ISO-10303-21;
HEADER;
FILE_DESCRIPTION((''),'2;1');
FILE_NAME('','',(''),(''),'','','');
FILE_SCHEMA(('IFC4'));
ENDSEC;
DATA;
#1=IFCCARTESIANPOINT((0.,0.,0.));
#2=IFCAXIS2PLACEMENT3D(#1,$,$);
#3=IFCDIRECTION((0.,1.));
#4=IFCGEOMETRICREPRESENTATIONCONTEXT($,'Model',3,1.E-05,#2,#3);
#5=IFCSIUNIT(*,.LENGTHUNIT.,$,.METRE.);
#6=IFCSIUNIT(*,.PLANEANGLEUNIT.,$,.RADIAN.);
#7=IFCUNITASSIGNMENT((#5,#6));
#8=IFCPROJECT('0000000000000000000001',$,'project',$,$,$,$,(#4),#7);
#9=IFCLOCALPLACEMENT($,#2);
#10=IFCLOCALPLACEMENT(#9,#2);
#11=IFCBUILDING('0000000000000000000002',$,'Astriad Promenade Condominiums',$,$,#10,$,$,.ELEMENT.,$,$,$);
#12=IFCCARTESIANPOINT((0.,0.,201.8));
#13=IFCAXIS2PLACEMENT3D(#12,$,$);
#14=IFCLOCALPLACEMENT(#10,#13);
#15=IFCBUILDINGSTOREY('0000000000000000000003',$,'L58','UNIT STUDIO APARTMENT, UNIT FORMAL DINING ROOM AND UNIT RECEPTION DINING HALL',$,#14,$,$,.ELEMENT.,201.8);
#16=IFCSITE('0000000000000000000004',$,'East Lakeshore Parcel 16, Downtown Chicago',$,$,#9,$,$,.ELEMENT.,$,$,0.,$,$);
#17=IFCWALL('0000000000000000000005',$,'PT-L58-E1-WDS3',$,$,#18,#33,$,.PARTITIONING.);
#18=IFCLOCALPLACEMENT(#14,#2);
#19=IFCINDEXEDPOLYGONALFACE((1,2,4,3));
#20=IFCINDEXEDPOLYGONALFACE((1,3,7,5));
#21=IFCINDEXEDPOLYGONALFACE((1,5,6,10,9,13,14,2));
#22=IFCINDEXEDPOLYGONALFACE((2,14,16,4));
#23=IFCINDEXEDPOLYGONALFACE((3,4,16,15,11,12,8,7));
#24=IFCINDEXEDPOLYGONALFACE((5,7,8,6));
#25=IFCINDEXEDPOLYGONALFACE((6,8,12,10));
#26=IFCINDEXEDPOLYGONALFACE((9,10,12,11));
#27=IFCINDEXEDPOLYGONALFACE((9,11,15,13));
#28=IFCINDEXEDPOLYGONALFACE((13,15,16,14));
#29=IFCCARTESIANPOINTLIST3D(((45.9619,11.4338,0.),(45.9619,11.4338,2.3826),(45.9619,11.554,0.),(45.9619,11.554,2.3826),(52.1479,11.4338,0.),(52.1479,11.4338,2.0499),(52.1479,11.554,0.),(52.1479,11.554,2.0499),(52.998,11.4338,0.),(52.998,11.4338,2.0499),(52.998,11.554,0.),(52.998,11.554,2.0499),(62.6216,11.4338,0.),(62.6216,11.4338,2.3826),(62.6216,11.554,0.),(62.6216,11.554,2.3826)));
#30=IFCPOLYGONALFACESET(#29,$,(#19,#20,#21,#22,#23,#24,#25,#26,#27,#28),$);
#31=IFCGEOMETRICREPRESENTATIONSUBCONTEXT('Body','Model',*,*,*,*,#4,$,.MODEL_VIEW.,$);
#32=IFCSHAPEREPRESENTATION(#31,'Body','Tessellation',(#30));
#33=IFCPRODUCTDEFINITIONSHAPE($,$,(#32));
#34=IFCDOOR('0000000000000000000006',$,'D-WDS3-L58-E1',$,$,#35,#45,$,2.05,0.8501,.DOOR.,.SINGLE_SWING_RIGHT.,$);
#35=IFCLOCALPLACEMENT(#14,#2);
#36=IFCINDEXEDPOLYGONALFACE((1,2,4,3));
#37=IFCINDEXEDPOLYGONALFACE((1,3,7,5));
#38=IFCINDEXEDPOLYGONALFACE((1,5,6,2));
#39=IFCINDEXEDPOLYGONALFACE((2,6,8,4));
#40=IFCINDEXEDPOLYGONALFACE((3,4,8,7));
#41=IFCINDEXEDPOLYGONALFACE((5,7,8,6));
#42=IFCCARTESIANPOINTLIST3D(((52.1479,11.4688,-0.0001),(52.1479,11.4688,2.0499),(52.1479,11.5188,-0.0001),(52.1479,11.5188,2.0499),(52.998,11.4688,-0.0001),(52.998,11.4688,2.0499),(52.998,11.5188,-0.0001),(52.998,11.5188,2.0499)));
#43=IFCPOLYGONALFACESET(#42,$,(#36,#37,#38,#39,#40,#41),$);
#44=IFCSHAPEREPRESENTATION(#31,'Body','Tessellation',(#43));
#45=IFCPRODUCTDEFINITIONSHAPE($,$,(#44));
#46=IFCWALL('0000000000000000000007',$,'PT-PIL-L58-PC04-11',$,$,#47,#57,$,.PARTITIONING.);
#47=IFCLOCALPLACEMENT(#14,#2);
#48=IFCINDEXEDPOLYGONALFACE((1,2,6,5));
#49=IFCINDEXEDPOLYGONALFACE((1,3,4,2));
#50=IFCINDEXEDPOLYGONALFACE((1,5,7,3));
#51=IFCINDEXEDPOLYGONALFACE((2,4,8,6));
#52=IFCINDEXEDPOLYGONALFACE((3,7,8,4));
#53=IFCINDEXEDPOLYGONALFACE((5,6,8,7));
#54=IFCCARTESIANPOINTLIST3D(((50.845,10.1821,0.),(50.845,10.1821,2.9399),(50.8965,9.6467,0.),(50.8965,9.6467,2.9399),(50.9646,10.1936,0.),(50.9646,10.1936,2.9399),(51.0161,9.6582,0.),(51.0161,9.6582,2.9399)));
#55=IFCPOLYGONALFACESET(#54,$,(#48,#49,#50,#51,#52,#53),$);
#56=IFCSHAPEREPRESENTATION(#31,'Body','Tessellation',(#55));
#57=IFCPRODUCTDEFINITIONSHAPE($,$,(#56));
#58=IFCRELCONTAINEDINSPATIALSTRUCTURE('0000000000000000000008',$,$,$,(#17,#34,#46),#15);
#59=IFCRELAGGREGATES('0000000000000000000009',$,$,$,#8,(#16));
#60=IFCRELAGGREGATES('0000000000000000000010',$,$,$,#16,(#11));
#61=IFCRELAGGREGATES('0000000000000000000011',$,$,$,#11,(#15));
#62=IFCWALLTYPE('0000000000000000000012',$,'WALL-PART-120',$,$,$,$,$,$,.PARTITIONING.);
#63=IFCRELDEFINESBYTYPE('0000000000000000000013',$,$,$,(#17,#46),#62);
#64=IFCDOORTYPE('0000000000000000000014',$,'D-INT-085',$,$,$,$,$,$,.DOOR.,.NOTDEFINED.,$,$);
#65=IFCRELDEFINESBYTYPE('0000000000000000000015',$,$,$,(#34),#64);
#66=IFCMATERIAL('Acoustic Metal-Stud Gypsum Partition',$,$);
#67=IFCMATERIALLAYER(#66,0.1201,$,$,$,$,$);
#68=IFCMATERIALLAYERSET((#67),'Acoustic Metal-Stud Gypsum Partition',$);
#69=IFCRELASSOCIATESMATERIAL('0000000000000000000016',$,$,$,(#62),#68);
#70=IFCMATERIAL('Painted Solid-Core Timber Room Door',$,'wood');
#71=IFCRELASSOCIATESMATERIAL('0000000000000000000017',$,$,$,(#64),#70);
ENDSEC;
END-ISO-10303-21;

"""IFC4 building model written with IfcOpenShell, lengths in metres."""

from ifc_helpers import new_model, si_unit, direction, frame, frame_2d, origin, place, context, subcontext, project, spatial, rectangle, extrude, source, transform, mapped, material, layer, layer_set, type_object, type_shapes, element, fill, save


model = new_model("IFC4")

# Units and contexts
model_context = context("Model", 3, precision=1e-05, world=origin(), true_north=direction((0.0, 1.0)))
body_context = subcontext(model_context, "Body", "Model", "MODEL_VIEW")
ifc_project = project(units=[si_unit("LENGTHUNIT", "METRE"), si_unit("PLANEANGLEUNIT", "RADIAN")], contexts=[model_context])

# Site, building, storey
site_placement = place(None, origin())
site = spatial("IfcSite", under=ifc_project, at=site_placement, Name="East Lakeshore Parcel 16, Downtown Chicago", CompositionType="ELEMENT", RefElevation=0.0)
building_placement = place(site_placement, origin())
building = spatial("IfcBuilding", under=site, at=building_placement, Name="Astriad Promenade Condominiums", CompositionType="ELEMENT")
storey_placement = place(building_placement, frame((0.0, 0.0, 201.8)))
storey = spatial("IfcBuildingStorey", under=building, at=storey_placement, Name="L58", Description="UNIT STUDIO APARTMENT, UNIT FORMAL DINING ROOM AND UNIT RECEPTION DINING HALL", CompositionType="ELEMENT", Elevation=201.8)

# Shared definitions
ifc_material_1 = material(Name="Acoustic Metal-Stud Gypsum Partition")
ifc_layer = layer(ifc_material_1, 0.1201)
ifc_layer_set = layer_set([ifc_layer], Name="Acoustic Metal-Stud Gypsum Partition")
wall_type = type_object("IfcWallType", Name="WALL-PART-120", PredefinedType="PARTITIONING", material=ifc_layer_set)
ifc_material_2 = material(Name="Painted Solid-Core Timber Room Door", Category="wood")
door_type_1 = type_object("IfcDoorType", Name="D-INT-085", OperationType="NOTDEFINED", PredefinedType="DOOR", material=ifc_material_2)
shared_shape_1 = source(origin(), body_context, "Body", "SweptSolid", [
    extrude(rectangle(XDim=0.8501, YDim=2.05, at=frame_2d((0.425, 1.0249))), frame((0.0, 0.0249, 0.0), z_axis=(0.0, -1.0, 0.0), x_axis=(1.0, 0.0, 0.0)), (0.0, 0.0, 1.0), 0.05),
])
type_shapes(door_type_1, [shared_shape_1])

# Wall, opening, door
wall_1_placement = place(storey_placement, frame((45.9619, 11.4939, 0.0), z_axis=(0.0, 0.0, 1.0), x_axis=(1.0, 0.0, 0.0)))
wall_1 = element("IfcWall", 1, at=wall_1_placement, inside=storey, type_object=wall_type, Name="PT-L58-E1-WDS3", PredefinedType="PARTITIONING", context=body_context, shape_type="SweptSolid", body=[
    extrude(rectangle(XDim=16.6597, YDim=0.1201, at=frame_2d((8.3298, 0.0))), origin(), (0.0, 0.0, 1.0), 2.3826),
])
opening_1_placement = place(wall_1_placement, frame((6.186, 0.0, 0.0)))
opening_1 = element("IfcOpeningElement", 2, at=opening_1_placement, cuts=wall_1, PredefinedType="OPENING", context=body_context, shape_type="SweptSolid", body=[
    extrude(rectangle(XDim=0.8501, YDim=2.05, at=frame_2d((0.425, 1.0249))), frame((0.0, 0.0701, 0.0), z_axis=(0.0, -1.0, 0.0), x_axis=(1.0, 0.0, 0.0)), (0.0, 0.0, 1.0), 0.1401),
])
door_1_placement = place(opening_1_placement, origin())
door_1 = element("IfcDoor", 3, at=door_1_placement, inside=storey, type_object=door_type_1, Name="D-WDS3-L58-E1", OperationType="SINGLE_SWING_RIGHT", OverallHeight=2.05, OverallWidth=0.8501, PredefinedType="DOOR", context=body_context, shape_type="MappedRepresentation", body=[
    mapped(shared_shape_1, transform((0.0, 0.0, 0.0), scale=1.0)),
])
fill(opening_1, door_1)

# Wall
wall_2_placement = place(storey_placement, frame((50.9048, 10.188, 0.0), z_axis=(0.0, 0.0, 1.0), x_axis=(0.095773, -0.995403, 0.0)))
element("IfcWall", 4, at=wall_2_placement, inside=storey, type_object=wall_type, Name="PT-PIL-L58-PC04-11", PredefinedType="PARTITIONING", context=body_context, shape_type="SweptSolid", body=[
    extrude(rectangle(XDim=0.5378, YDim=0.1201, at=frame_2d((0.269, 0.0))), origin(), (0.0, 0.0, 1.0), 2.9399),
])

save(model, "model.ifc")
